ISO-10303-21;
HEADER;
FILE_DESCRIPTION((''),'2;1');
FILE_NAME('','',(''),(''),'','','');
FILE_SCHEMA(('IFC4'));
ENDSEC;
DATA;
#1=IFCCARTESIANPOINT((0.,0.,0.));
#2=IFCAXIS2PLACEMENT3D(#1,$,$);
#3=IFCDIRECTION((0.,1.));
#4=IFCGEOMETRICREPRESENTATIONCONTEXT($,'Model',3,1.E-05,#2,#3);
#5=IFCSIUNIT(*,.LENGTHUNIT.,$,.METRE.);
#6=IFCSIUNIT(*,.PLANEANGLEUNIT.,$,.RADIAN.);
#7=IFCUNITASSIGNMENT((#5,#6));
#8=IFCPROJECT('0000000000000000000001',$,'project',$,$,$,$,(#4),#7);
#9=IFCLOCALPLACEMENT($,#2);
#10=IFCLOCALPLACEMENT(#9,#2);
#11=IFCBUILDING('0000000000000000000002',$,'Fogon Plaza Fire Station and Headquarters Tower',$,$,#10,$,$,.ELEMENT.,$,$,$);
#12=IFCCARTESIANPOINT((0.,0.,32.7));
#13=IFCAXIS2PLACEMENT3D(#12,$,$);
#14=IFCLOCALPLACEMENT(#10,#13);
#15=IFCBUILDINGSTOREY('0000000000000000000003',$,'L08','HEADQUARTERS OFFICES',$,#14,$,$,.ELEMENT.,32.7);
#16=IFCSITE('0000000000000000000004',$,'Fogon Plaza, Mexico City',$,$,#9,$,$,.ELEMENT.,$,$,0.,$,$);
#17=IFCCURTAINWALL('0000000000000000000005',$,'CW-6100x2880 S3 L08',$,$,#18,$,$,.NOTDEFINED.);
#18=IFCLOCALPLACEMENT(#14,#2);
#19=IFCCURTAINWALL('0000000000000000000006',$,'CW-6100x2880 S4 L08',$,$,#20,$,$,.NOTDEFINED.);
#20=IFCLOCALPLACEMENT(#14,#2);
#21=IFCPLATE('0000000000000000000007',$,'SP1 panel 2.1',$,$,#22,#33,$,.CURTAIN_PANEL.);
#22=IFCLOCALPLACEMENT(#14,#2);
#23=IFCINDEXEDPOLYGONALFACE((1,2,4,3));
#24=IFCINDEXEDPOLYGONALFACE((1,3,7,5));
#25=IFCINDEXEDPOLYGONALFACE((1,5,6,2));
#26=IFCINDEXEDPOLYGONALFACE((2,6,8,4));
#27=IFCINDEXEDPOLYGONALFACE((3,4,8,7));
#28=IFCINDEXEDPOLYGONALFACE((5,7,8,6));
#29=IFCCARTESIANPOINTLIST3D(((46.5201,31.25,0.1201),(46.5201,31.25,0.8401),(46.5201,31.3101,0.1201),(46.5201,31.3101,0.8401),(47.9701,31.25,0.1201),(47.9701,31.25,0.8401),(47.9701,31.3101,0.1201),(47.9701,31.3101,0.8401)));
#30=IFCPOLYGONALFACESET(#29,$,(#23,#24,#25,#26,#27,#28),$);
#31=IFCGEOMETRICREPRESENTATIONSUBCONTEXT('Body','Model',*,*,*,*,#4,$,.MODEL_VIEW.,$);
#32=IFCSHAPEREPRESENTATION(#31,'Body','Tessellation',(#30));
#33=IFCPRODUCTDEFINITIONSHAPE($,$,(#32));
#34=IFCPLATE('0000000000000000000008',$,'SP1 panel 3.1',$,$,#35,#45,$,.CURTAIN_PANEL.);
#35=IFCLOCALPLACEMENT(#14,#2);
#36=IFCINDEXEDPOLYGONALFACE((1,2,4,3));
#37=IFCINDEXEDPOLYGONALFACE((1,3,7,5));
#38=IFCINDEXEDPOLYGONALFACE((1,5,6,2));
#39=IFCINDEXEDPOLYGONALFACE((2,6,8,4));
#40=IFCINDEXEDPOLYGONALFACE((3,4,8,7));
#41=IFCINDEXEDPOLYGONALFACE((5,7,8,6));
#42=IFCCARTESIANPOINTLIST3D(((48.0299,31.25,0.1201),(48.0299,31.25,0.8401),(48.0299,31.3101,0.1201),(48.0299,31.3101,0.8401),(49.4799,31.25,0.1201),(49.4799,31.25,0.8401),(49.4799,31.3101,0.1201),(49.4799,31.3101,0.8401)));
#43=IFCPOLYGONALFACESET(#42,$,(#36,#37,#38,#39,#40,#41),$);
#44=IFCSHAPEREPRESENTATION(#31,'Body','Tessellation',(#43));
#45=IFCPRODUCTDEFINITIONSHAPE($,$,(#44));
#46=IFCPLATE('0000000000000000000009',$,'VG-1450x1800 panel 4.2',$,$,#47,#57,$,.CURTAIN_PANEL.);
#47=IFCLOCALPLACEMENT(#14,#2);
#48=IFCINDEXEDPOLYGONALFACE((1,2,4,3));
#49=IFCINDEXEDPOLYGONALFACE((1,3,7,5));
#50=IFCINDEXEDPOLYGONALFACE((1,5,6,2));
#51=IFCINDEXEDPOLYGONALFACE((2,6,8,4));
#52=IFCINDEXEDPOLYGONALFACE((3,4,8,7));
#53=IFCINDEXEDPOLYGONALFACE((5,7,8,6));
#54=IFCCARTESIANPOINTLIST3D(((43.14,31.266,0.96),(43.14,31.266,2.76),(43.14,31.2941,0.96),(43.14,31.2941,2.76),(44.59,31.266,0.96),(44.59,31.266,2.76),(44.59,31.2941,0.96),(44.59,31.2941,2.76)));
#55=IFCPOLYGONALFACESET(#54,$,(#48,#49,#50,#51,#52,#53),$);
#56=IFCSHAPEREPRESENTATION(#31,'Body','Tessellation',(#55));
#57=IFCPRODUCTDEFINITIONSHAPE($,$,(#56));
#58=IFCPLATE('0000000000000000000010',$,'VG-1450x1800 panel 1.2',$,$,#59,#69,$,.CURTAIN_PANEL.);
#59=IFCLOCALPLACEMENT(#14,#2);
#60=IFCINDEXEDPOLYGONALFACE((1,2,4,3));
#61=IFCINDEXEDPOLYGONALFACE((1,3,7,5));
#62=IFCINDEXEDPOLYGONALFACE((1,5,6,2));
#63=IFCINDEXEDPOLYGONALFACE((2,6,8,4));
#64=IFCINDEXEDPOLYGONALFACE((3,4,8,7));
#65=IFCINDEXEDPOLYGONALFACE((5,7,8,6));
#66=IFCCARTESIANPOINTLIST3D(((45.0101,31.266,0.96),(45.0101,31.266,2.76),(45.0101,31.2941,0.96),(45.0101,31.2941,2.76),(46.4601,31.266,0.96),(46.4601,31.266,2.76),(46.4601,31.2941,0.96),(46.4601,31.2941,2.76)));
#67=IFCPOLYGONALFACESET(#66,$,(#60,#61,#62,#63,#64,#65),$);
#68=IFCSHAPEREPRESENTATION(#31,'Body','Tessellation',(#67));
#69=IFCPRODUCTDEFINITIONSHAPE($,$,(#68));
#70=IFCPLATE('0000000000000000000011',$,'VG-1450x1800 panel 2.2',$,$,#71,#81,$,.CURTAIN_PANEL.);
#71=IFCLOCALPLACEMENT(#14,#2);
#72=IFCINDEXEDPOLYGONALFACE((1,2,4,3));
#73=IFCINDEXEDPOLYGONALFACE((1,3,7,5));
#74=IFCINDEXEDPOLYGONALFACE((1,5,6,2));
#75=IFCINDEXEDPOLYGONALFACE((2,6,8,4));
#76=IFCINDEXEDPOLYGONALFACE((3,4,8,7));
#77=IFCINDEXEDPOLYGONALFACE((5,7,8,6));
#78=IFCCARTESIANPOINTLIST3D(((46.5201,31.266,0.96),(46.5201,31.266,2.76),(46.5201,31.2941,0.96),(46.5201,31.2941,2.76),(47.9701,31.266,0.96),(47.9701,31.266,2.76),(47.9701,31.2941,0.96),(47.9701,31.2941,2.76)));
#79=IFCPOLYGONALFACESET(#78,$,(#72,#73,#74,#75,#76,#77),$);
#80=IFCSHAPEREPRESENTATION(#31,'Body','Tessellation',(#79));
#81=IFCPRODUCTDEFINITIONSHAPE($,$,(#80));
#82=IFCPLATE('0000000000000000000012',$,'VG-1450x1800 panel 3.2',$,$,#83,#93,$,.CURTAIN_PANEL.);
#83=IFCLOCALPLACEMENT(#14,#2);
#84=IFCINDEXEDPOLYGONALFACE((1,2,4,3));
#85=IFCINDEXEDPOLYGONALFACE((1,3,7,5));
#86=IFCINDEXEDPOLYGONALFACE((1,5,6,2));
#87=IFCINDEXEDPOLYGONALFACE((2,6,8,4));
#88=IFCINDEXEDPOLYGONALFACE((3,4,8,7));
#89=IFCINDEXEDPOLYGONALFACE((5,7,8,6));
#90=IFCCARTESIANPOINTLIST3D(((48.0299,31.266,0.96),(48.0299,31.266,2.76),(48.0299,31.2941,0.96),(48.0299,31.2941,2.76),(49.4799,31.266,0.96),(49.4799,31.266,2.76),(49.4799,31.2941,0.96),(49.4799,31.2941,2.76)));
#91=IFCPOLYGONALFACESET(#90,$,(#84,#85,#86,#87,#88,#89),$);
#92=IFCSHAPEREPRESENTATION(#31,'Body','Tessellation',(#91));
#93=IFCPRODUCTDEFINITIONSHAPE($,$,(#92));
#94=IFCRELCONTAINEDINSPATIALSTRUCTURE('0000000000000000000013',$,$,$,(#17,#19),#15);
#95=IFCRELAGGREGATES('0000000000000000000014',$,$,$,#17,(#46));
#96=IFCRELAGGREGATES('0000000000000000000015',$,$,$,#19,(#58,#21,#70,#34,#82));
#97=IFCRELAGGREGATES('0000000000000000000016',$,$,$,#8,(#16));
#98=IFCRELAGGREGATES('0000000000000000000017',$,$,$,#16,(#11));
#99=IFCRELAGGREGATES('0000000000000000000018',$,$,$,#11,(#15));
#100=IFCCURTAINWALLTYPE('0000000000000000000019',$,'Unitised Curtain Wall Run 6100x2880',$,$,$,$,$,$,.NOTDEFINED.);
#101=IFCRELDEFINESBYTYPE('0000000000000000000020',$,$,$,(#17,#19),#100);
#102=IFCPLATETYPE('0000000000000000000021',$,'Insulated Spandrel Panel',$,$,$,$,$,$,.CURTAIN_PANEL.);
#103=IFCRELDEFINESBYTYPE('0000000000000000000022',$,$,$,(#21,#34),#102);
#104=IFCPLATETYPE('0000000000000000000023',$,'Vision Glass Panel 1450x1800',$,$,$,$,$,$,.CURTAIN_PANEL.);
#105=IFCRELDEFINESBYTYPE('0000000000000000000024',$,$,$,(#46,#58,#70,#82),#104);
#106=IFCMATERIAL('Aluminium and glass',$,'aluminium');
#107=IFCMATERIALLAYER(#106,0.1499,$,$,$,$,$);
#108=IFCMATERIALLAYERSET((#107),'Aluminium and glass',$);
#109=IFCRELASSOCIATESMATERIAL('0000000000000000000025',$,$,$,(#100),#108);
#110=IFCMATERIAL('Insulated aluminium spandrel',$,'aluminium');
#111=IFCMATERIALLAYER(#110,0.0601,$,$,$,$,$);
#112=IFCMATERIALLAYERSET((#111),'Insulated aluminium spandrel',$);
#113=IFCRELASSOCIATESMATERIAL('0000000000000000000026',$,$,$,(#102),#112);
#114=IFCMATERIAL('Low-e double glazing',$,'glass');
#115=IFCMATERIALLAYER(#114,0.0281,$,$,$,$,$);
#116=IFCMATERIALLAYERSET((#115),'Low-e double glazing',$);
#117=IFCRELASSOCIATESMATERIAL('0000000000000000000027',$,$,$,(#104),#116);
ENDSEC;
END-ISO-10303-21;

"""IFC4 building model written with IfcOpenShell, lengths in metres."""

from ifc_helpers import new_model, si_unit, direction, frame, origin, origin_2d, place, context, subcontext, project, spatial, rectangle, extrude, material, layer, layer_set, type_object, element, aggregate, save


model = new_model("IFC4")

# Units and contexts
model_context = context("Model", 3, precision=1e-05, world=origin(), true_north=direction((0.0, 1.0)))
body_context = subcontext(model_context, "Body", "Model", "MODEL_VIEW")
ifc_project = project(units=[si_unit("LENGTHUNIT", "METRE"), si_unit("PLANEANGLEUNIT", "RADIAN")], contexts=[model_context])

# Site, building, storey
site_placement = place(None, origin())
site = spatial("IfcSite", under=ifc_project, at=site_placement, Name="Fogon Plaza, Mexico City", CompositionType="ELEMENT", RefElevation=0.0)
building_placement = place(site_placement, origin())
building = spatial("IfcBuilding", under=site, at=building_placement, Name="Fogon Plaza Fire Station and Headquarters Tower", CompositionType="ELEMENT")
storey_placement = place(building_placement, frame((0.0, 0.0, 32.7)))
storey = spatial("IfcBuildingStorey", under=building, at=storey_placement, Name="L08", Description="HEADQUARTERS OFFICES", CompositionType="ELEMENT", Elevation=32.7)

# Curtain walls
ifc_material_1 = material(Name="Aluminium and glass", Category="aluminium")
ifc_layer_1 = layer(ifc_material_1, 0.1499)
ifc_layer_set_1 = layer_set([ifc_layer_1], Name="Aluminium and glass")
curtain_wall_type = type_object("IfcCurtainWallType", Name="Unitised Curtain Wall Run 6100x2880", PredefinedType="NOTDEFINED", material=ifc_layer_set_1)
curtain_wall_1_placement = place(storey_placement, origin())
curtain_wall_1 = element("IfcCurtainWall", 1, at=curtain_wall_1_placement, inside=storey, type_object=curtain_wall_type, Name="CW-6100x2880 S3 L08", PredefinedType="NOTDEFINED")
curtain_wall_2_placement = place(storey_placement, origin())
curtain_wall_2 = element("IfcCurtainWall", 2, at=curtain_wall_2_placement, inside=storey, type_object=curtain_wall_type, Name="CW-6100x2880 S4 L08", PredefinedType="NOTDEFINED")

# Plates
ifc_material_2 = material(Name="Insulated aluminium spandrel", Category="aluminium")
ifc_layer_2 = layer(ifc_material_2, 0.0601)
ifc_layer_set_2 = layer_set([ifc_layer_2], Name="Insulated aluminium spandrel")
plate_type_1 = type_object("IfcPlateType", Name="Insulated Spandrel Panel", PredefinedType="CURTAIN_PANEL", material=ifc_layer_set_2)
plate_1_placement = place(storey_placement, frame((47.2451, 31.28, 0.1201), z_axis=(0.0, 0.0, 1.0), x_axis=(1.0, 0.0, 0.0)))
plate_1 = element("IfcPlate", 3, at=plate_1_placement, type_object=plate_type_1, Name="SP1 panel 2.1", PredefinedType="CURTAIN_PANEL", context=body_context, shape_type="SweptSolid", body=[
    extrude(rectangle(XDim=1.45, YDim=0.0601, at=origin_2d()), origin(), (0.0, 0.0, 1.0), 0.72),
])
plate_2_placement = place(storey_placement, frame((48.7549, 31.28, 0.1201), z_axis=(0.0, 0.0, 1.0), x_axis=(1.0, 0.0, 0.0)))
plate_2 = element("IfcPlate", 4, at=plate_2_placement, type_object=plate_type_1, Name="SP1 panel 3.1", PredefinedType="CURTAIN_PANEL", context=body_context, shape_type="SweptSolid", body=[
    extrude(rectangle(XDim=1.45, YDim=0.0601, at=origin_2d()), origin(), (0.0, 0.0, 1.0), 0.72),
])
ifc_material_3 = material(Name="Low-e double glazing", Category="glass")
ifc_layer_3 = layer(ifc_material_3, 0.0281)
ifc_layer_set_3 = layer_set([ifc_layer_3], Name="Low-e double glazing")
plate_type_2 = type_object("IfcPlateType", Name="Vision Glass Panel 1450x1800", PredefinedType="CURTAIN_PANEL", material=ifc_layer_set_3)
plate_3_placement = place(storey_placement, frame((43.865, 31.28, 0.96), z_axis=(0.0, 0.0, 1.0), x_axis=(1.0, 0.0, 0.0)))
plate_3 = element("IfcPlate", 5, at=plate_3_placement, type_object=plate_type_2, Name="VG-1450x1800 panel 4.2", PredefinedType="CURTAIN_PANEL", context=body_context, shape_type="SweptSolid", body=[
    extrude(rectangle(XDim=1.45, YDim=0.0281, at=origin_2d()), origin(), (0.0, 0.0, 1.0), 1.8),
])
aggregate(curtain_wall_1, [plate_3])
plate_4_placement = place(storey_placement, frame((45.7351, 31.28, 0.96), z_axis=(0.0, 0.0, 1.0), x_axis=(1.0, 0.0, 0.0)))
plate_4 = element("IfcPlate", 6, at=plate_4_placement, type_object=plate_type_2, Name="VG-1450x1800 panel 1.2", PredefinedType="CURTAIN_PANEL", context=body_context, shape_type="SweptSolid", body=[
    extrude(rectangle(XDim=1.45, YDim=0.0281, at=origin_2d()), origin(), (0.0, 0.0, 1.0), 1.8),
])
plate_5_placement = place(storey_placement, frame((47.2451, 31.28, 0.96), z_axis=(0.0, 0.0, 1.0), x_axis=(1.0, 0.0, 0.0)))
plate_5 = element("IfcPlate", 7, at=plate_5_placement, type_object=plate_type_2, Name="VG-1450x1800 panel 2.2", PredefinedType="CURTAIN_PANEL", context=body_context, shape_type="SweptSolid", body=[
    extrude(rectangle(XDim=1.45, YDim=0.0281, at=origin_2d()), origin(), (0.0, 0.0, 1.0), 1.8),
])
plate_6_placement = place(storey_placement, frame((48.7549, 31.28, 0.96), z_axis=(0.0, 0.0, 1.0), x_axis=(1.0, 0.0, 0.0)))
plate_6 = element("IfcPlate", 8, at=plate_6_placement, type_object=plate_type_2, Name="VG-1450x1800 panel 3.2", PredefinedType="CURTAIN_PANEL", context=body_context, shape_type="SweptSolid", body=[
    extrude(rectangle(XDim=1.45, YDim=0.0281, at=origin_2d()), origin(), (0.0, 0.0, 1.0), 1.8),
])
aggregate(curtain_wall_2, [plate_4, plate_1, plate_5, plate_2, plate_6])

save(model, "model.ifc")
